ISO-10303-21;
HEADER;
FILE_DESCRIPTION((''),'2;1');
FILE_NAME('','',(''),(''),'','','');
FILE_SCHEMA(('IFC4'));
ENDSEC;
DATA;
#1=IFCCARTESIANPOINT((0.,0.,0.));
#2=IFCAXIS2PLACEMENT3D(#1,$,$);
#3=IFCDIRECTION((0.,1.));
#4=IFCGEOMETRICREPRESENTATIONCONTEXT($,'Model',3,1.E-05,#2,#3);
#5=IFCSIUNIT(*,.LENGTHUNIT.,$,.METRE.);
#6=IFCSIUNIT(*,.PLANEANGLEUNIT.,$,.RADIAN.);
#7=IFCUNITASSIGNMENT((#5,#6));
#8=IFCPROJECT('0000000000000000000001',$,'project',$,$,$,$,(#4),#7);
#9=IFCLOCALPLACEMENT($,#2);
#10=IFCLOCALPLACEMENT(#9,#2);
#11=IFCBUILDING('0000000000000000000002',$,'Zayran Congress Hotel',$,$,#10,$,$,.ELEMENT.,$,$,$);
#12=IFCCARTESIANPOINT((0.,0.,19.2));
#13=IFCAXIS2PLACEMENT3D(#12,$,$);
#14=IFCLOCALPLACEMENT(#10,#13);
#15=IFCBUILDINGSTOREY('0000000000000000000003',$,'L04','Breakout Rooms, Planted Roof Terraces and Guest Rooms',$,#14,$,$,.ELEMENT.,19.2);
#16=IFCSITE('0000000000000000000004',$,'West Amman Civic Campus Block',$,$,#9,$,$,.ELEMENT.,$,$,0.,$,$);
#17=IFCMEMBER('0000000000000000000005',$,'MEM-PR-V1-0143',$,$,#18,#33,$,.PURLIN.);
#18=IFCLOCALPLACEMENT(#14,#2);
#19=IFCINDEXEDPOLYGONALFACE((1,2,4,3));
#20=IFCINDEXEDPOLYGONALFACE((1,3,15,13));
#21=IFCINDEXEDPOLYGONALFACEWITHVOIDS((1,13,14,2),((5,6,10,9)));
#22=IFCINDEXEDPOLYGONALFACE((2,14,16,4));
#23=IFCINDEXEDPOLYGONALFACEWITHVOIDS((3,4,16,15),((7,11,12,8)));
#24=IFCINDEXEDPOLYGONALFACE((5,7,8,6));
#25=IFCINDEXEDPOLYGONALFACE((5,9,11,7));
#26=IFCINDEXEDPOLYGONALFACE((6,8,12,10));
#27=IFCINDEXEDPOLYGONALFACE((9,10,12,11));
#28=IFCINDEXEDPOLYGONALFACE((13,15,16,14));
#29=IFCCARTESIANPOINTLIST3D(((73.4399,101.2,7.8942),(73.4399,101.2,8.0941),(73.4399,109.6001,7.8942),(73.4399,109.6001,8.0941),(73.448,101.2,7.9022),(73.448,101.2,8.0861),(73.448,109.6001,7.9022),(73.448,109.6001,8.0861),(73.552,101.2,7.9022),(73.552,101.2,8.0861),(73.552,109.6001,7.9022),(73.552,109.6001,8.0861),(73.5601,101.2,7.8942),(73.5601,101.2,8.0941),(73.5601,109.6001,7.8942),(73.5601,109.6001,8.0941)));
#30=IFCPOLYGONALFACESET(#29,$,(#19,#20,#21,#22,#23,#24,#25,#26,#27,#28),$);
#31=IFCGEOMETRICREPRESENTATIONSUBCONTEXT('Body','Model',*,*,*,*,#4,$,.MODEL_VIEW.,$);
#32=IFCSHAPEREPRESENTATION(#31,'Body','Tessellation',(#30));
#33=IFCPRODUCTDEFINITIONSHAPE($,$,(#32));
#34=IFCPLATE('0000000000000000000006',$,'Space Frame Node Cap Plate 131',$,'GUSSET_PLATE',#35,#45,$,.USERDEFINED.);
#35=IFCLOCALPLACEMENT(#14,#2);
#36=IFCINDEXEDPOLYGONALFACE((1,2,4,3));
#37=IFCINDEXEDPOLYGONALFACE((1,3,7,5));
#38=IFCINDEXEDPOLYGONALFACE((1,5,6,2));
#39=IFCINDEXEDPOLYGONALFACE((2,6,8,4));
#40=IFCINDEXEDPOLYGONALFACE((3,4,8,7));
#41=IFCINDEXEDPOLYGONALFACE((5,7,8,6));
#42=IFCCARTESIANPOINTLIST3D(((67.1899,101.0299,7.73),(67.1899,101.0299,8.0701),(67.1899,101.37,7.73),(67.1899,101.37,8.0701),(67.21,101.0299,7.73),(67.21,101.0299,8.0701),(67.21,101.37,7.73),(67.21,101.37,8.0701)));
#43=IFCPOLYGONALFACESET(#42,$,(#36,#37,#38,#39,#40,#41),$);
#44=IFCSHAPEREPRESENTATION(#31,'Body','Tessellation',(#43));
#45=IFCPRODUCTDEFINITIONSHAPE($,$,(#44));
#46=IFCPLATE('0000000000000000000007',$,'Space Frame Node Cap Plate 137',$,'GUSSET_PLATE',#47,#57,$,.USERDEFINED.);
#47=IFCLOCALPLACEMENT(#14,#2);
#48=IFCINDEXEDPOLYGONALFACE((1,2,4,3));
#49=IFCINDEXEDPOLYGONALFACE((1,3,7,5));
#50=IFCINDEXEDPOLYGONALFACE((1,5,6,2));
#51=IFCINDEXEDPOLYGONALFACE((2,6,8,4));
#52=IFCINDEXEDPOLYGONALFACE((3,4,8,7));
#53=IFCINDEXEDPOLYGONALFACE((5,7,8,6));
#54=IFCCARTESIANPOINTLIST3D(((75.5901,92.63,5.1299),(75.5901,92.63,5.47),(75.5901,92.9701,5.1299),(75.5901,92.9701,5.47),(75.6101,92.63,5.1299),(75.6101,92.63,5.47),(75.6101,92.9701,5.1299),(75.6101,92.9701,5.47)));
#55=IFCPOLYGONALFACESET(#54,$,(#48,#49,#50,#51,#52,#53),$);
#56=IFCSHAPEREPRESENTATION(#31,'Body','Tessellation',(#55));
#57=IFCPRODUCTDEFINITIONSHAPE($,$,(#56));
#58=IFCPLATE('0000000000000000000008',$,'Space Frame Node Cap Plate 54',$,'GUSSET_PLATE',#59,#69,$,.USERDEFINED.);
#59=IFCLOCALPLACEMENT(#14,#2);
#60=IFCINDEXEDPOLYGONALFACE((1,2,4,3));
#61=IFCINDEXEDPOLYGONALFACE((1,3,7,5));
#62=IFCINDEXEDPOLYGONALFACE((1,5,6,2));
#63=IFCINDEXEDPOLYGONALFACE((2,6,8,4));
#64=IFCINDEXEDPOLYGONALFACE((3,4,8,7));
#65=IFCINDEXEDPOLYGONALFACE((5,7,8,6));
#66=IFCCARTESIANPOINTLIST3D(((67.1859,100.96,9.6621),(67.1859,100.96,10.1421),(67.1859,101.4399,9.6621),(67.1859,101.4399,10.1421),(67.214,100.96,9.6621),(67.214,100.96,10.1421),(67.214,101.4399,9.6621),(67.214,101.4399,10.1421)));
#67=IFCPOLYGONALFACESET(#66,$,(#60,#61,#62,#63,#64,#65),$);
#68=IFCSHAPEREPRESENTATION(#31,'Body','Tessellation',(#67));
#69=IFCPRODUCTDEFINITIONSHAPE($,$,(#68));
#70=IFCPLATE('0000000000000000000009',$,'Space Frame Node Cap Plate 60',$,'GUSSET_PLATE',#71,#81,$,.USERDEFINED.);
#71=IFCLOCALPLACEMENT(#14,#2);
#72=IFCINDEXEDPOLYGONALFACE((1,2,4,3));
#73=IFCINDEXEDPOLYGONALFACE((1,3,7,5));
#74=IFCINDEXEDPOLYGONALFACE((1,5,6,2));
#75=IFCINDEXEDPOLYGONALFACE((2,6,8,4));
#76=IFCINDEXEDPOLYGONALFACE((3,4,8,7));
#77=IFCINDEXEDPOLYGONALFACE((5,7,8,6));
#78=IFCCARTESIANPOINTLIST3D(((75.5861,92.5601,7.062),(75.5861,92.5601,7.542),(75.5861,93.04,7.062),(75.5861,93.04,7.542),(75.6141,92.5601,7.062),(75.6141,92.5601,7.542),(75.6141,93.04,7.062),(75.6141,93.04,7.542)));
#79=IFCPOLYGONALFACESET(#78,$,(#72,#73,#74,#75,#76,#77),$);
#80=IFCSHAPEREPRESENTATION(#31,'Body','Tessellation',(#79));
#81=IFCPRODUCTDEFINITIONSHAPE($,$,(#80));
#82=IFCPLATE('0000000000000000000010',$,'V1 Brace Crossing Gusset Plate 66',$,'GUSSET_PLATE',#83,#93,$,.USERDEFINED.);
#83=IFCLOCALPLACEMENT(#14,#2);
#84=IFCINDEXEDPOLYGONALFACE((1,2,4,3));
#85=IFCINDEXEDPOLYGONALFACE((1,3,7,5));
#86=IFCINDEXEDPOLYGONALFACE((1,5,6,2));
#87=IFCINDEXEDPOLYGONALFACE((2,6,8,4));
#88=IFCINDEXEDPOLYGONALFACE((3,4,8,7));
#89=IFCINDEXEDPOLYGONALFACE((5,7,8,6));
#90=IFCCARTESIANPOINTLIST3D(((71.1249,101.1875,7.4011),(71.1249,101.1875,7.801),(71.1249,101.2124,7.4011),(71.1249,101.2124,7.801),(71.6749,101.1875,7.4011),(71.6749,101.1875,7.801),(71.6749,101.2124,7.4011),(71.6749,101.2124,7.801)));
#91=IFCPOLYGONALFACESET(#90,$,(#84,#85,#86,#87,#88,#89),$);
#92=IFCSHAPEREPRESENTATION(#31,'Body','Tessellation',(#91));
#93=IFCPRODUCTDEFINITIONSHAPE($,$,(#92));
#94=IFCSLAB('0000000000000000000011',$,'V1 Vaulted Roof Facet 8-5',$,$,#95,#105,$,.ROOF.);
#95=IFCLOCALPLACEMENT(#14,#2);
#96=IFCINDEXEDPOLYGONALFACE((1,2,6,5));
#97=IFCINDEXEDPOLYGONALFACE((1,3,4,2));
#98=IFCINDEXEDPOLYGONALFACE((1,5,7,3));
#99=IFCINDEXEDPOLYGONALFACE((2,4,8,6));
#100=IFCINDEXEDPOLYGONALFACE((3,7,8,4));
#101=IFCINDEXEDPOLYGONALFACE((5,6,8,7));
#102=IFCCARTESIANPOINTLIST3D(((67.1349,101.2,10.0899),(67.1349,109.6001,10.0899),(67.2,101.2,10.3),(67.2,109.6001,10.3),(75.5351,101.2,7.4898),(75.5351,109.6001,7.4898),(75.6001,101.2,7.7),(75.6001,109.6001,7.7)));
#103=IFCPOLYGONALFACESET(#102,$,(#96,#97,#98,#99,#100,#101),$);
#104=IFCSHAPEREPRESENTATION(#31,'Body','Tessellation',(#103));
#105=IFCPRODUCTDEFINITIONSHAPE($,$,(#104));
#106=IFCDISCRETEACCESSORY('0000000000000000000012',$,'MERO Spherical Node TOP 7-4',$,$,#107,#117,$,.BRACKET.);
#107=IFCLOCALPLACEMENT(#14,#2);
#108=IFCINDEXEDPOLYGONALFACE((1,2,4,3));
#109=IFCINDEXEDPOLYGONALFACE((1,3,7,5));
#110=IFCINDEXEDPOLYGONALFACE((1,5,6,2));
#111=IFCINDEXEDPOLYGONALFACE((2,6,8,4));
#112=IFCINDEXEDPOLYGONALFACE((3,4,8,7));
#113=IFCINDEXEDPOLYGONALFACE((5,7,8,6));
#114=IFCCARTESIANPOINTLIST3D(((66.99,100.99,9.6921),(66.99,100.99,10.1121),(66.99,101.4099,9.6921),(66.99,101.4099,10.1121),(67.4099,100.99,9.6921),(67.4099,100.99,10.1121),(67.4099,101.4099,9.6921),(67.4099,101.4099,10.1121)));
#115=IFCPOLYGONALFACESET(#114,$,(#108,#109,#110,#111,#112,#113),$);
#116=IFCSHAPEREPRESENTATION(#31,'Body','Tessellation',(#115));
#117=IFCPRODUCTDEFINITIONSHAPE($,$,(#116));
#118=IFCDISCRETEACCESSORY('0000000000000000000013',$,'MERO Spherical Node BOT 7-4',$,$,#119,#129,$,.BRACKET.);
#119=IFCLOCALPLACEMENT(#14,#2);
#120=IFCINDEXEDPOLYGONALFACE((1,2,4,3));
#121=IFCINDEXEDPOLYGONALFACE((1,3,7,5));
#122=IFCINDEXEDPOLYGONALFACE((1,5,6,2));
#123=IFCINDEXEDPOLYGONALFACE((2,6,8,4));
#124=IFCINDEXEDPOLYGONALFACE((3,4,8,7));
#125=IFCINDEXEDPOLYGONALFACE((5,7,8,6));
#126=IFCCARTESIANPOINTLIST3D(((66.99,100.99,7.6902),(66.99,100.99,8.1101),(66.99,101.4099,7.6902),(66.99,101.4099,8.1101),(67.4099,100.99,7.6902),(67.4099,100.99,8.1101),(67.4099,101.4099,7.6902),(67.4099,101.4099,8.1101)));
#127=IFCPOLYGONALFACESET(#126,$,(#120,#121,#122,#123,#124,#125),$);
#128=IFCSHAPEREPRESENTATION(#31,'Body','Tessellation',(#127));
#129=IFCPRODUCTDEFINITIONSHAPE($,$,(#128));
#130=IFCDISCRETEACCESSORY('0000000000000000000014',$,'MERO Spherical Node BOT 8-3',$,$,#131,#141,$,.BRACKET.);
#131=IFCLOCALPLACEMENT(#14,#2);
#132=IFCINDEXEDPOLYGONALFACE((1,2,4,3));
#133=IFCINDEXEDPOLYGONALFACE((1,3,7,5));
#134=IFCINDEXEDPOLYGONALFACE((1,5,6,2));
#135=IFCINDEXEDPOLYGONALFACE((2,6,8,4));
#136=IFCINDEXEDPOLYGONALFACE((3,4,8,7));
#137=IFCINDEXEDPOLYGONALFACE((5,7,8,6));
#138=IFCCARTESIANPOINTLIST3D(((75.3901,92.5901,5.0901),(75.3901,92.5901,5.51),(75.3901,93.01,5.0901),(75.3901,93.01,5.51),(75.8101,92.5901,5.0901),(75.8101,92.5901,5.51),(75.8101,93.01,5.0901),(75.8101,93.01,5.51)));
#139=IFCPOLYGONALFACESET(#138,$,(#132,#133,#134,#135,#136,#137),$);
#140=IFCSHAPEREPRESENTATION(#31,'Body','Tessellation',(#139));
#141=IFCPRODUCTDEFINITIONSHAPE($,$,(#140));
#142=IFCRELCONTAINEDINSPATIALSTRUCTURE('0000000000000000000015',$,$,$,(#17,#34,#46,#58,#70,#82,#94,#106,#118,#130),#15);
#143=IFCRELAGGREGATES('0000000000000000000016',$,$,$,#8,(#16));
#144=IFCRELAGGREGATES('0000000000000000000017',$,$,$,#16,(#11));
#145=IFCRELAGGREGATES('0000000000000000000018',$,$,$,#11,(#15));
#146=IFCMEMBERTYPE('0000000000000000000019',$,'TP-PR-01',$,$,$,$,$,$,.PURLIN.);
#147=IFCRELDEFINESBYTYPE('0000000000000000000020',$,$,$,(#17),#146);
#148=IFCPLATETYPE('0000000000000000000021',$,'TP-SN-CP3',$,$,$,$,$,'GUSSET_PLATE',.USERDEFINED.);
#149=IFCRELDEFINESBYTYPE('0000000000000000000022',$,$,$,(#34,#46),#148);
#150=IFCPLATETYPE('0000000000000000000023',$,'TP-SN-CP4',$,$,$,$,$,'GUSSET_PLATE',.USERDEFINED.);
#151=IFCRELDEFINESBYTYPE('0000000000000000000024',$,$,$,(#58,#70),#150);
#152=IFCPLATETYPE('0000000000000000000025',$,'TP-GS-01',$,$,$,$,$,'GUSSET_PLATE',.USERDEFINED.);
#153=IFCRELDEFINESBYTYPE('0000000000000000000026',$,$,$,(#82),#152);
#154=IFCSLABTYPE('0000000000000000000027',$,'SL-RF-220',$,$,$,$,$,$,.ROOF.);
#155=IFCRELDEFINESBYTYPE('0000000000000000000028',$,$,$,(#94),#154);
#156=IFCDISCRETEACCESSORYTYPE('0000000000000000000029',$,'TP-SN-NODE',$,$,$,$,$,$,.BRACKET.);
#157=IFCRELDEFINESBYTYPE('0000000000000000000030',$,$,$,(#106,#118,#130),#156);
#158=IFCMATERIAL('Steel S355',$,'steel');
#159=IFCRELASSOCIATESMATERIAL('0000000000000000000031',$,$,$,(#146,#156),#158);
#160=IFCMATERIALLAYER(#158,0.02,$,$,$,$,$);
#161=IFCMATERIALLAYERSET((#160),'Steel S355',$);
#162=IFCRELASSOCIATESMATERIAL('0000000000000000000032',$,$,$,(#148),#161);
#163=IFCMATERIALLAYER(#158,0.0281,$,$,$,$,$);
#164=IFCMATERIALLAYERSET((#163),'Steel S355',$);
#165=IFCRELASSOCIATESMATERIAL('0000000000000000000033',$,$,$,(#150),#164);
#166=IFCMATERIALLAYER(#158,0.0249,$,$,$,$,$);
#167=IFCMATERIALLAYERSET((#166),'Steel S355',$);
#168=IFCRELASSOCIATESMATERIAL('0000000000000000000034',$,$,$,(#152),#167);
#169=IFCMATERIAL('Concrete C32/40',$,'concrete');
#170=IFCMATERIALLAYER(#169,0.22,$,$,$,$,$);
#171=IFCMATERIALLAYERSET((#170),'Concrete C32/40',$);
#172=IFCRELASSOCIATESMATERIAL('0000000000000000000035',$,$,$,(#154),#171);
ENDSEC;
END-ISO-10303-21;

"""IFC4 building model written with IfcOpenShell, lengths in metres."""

from ifc_helpers import new_model, si_unit, direction, frame, origin, origin_2d, place, context, subcontext, project, spatial, polyline, rectangle, hollow_rectangle, outline, extrude, material, layer, layer_set, material_profile, profile_set, type_object, element, save


model = new_model("IFC4")

# Units and contexts
model_context = context("Model", 3, precision=1e-05, world=origin(), true_north=direction((0.0, 1.0)))
body_context = subcontext(model_context, "Body", "Model", "MODEL_VIEW")
ifc_project = project(units=[si_unit("LENGTHUNIT", "METRE"), si_unit("PLANEANGLEUNIT", "RADIAN")], contexts=[model_context])

# Site, building, storey
site_placement = place(None, origin())
site = spatial("IfcSite", under=ifc_project, at=site_placement, Name="West Amman Civic Campus Block", CompositionType="ELEMENT", RefElevation=0.0)
building_placement = place(site_placement, origin())
building = spatial("IfcBuilding", under=site, at=building_placement, Name="Zayran Congress Hotel", CompositionType="ELEMENT")
storey_placement = place(building_placement, frame((0.0, 0.0, 19.2)))
storey = spatial("IfcBuildingStorey", under=building, at=storey_placement, Name="L04", Description="Breakout Rooms, Planted Roof Terraces and Guest Rooms", CompositionType="ELEMENT", Elevation=19.2)

# Member
ifc_material_1 = material(Name="Steel S355", Category="steel")
ifc_material_profile_1 = material_profile(ifc_material_1, hollow_rectangle(XDim=0.1201, YDim=0.2, WallThickness=0.0081, at=origin_2d()), Name="RHS 200x120x8")
ifc_profile_set_1 = profile_set([ifc_material_profile_1], Name="Steel S355")
member_type_1 = type_object("IfcMemberType", Name="TP-PR-01", PredefinedType="PURLIN", material=ifc_profile_set_1)
for number, where, z_axis, x_axis, name in (
    (1, (73.5, 101.2, 7.9941), (0.0, 1.0, 0.0), (-1.0, 0.0, 0.0), "MEM-PR-V1-0143"),
):
    element("IfcMember", number, at=place(storey_placement, frame(where, z_axis=z_axis, x_axis=x_axis)), inside=storey, type_object=member_type_1, Name=name, PredefinedType="PURLIN", context=body_context, shape_type="SweptSolid", body=[
        extrude(hollow_rectangle(XDim=0.1201, YDim=0.2, WallThickness=0.0081, at=origin_2d()), origin(), (0.0, 0.0, 1.0), 8.4001),
    ])

# Plates
ifc_layer_1 = layer(ifc_material_1, 0.02)
ifc_layer_set_1 = layer_set([ifc_layer_1], Name="Steel S355")
plate_type_1 = type_object("IfcPlateType", Name="TP-SN-CP3", ElementType="GUSSET_PLATE", PredefinedType="USERDEFINED", material=ifc_layer_set_1)
for number, where, z_axis, x_axis, name in (
    (2, (67.2, 101.2, 7.73), (0.0, 0.0, 1.0), (0.0, 1.0, 0.0), "Space Frame Node Cap Plate 131"),
    (3, (75.6001, 92.8, 5.1299), (0.0, 0.0, 1.0), (0.0, 1.0, 0.0), "Space Frame Node Cap Plate 137"),
):
    element("IfcPlate", number, at=place(storey_placement, frame(where, z_axis=z_axis, x_axis=x_axis)), inside=storey, type_object=plate_type_1, Name=name, ObjectType="GUSSET_PLATE", PredefinedType="USERDEFINED", context=body_context, shape_type="SweptSolid", body=[
        extrude(rectangle(XDim=0.3401, YDim=0.02, at=origin_2d()), origin(), (0.0, 0.0, 1.0), 0.3401),
    ])
ifc_layer_2 = layer(ifc_material_1, 0.0281)
ifc_layer_set_2 = layer_set([ifc_layer_2], Name="Steel S355")
plate_type_2 = type_object("IfcPlateType", Name="TP-SN-CP4", ElementType="GUSSET_PLATE", PredefinedType="USERDEFINED", material=ifc_layer_set_2)
for number, where, z_axis, x_axis, name in (
    (4, (67.2, 101.2, 9.6621), (0.0, 0.0, 1.0), (0.0, 1.0, 0.0), "Space Frame Node Cap Plate 54"),
    (5, (75.6001, 92.8, 7.062), (0.0, 0.0, 1.0), (0.0, 1.0, 0.0), "Space Frame Node Cap Plate 60"),
):
    element("IfcPlate", number, at=place(storey_placement, frame(where, z_axis=z_axis, x_axis=x_axis)), inside=storey, type_object=plate_type_2, Name=name, ObjectType="GUSSET_PLATE", PredefinedType="USERDEFINED", context=body_context, shape_type="SweptSolid", body=[
        extrude(rectangle(XDim=0.48, YDim=0.0281, at=origin_2d()), origin(), (0.0, 0.0, 1.0), 0.48),
    ])
ifc_layer_3 = layer(ifc_material_1, 0.0249)
ifc_layer_set_3 = layer_set([ifc_layer_3], Name="Steel S355")
plate_type_3 = type_object("IfcPlateType", Name="TP-GS-01", ElementType="GUSSET_PLATE", PredefinedType="USERDEFINED", material=ifc_layer_set_3)
plate_placement = place(storey_placement, frame((71.3999, 101.2, 7.4011), z_axis=(0.0, 0.0, 1.0), x_axis=(1.0, 0.0, 0.0)))
element("IfcPlate", 6, at=plate_placement, inside=storey, type_object=plate_type_3, Name="V1 Brace Crossing Gusset Plate 66", ObjectType="GUSSET_PLATE", PredefinedType="USERDEFINED", context=body_context, shape_type="SweptSolid", body=[
    extrude(rectangle(XDim=0.55, YDim=0.0249, at=origin_2d()), origin(), (0.0, 0.0, 1.0), 0.3999),
])

# Slab
ifc_material_2 = material(Name="Concrete C32/40", Category="concrete")
ifc_layer_4 = layer(ifc_material_2, 0.22)
ifc_layer_set_4 = layer_set([ifc_layer_4], Name="Concrete C32/40")
slab_type = type_object("IfcSlabType", Name="SL-RF-220", PredefinedType="ROOF", material=ifc_layer_set_4)
slab_placement = place(storey_placement, frame((67.2, 101.2, 10.3), z_axis=(0.295689, 0.0, 0.955284), x_axis=(0.955284, 0.0, -0.295689)))
element("IfcSlab", 7, at=slab_placement, inside=storey, type_object=slab_type, Name="V1 Vaulted Roof Facet 8-5", PredefinedType="ROOF", context=body_context, shape_type="SweptSolid", body=[
    extrude(outline(polyline([(0.0, 0.0), (8.7933, 0.0), (8.7933, 8.4001), (0.0, 8.4001), (0.0, 0.0)])), origin(), (0.0, 0.0, -1.0), 0.22),
])

# Discrete accessories
discrete_accessory_type = type_object("IfcDiscreteAccessoryType", Name="TP-SN-NODE", PredefinedType="BRACKET", material=ifc_material_1)
for number, where, z_axis, x_axis, name in (
    (8, (67.2, 101.2, 9.6921), (0.0, 0.0, 1.0), (1.0, 0.0, 0.0), "MERO Spherical Node TOP 7-4"),
    (9, (67.2, 101.2, 7.6902), (0.0, 0.0, 1.0), (1.0, 0.0, 0.0), "MERO Spherical Node BOT 7-4"),
    (10, (75.6001, 92.8, 5.0901), (0.0, 0.0, 1.0), (1.0, 0.0, 0.0), "MERO Spherical Node BOT 8-3"),
):
    element("IfcDiscreteAccessory", number, at=place(storey_placement, frame(where, z_axis=z_axis, x_axis=x_axis)), inside=storey, type_object=discrete_accessory_type, Name=name, PredefinedType="BRACKET", context=body_context, shape_type="SweptSolid", body=[
        extrude(rectangle(XDim=0.4199, YDim=0.4199, at=origin_2d()), origin(), (0.0, 0.0, 1.0), 0.4199),
    ])

save(model, "model.ifc")
